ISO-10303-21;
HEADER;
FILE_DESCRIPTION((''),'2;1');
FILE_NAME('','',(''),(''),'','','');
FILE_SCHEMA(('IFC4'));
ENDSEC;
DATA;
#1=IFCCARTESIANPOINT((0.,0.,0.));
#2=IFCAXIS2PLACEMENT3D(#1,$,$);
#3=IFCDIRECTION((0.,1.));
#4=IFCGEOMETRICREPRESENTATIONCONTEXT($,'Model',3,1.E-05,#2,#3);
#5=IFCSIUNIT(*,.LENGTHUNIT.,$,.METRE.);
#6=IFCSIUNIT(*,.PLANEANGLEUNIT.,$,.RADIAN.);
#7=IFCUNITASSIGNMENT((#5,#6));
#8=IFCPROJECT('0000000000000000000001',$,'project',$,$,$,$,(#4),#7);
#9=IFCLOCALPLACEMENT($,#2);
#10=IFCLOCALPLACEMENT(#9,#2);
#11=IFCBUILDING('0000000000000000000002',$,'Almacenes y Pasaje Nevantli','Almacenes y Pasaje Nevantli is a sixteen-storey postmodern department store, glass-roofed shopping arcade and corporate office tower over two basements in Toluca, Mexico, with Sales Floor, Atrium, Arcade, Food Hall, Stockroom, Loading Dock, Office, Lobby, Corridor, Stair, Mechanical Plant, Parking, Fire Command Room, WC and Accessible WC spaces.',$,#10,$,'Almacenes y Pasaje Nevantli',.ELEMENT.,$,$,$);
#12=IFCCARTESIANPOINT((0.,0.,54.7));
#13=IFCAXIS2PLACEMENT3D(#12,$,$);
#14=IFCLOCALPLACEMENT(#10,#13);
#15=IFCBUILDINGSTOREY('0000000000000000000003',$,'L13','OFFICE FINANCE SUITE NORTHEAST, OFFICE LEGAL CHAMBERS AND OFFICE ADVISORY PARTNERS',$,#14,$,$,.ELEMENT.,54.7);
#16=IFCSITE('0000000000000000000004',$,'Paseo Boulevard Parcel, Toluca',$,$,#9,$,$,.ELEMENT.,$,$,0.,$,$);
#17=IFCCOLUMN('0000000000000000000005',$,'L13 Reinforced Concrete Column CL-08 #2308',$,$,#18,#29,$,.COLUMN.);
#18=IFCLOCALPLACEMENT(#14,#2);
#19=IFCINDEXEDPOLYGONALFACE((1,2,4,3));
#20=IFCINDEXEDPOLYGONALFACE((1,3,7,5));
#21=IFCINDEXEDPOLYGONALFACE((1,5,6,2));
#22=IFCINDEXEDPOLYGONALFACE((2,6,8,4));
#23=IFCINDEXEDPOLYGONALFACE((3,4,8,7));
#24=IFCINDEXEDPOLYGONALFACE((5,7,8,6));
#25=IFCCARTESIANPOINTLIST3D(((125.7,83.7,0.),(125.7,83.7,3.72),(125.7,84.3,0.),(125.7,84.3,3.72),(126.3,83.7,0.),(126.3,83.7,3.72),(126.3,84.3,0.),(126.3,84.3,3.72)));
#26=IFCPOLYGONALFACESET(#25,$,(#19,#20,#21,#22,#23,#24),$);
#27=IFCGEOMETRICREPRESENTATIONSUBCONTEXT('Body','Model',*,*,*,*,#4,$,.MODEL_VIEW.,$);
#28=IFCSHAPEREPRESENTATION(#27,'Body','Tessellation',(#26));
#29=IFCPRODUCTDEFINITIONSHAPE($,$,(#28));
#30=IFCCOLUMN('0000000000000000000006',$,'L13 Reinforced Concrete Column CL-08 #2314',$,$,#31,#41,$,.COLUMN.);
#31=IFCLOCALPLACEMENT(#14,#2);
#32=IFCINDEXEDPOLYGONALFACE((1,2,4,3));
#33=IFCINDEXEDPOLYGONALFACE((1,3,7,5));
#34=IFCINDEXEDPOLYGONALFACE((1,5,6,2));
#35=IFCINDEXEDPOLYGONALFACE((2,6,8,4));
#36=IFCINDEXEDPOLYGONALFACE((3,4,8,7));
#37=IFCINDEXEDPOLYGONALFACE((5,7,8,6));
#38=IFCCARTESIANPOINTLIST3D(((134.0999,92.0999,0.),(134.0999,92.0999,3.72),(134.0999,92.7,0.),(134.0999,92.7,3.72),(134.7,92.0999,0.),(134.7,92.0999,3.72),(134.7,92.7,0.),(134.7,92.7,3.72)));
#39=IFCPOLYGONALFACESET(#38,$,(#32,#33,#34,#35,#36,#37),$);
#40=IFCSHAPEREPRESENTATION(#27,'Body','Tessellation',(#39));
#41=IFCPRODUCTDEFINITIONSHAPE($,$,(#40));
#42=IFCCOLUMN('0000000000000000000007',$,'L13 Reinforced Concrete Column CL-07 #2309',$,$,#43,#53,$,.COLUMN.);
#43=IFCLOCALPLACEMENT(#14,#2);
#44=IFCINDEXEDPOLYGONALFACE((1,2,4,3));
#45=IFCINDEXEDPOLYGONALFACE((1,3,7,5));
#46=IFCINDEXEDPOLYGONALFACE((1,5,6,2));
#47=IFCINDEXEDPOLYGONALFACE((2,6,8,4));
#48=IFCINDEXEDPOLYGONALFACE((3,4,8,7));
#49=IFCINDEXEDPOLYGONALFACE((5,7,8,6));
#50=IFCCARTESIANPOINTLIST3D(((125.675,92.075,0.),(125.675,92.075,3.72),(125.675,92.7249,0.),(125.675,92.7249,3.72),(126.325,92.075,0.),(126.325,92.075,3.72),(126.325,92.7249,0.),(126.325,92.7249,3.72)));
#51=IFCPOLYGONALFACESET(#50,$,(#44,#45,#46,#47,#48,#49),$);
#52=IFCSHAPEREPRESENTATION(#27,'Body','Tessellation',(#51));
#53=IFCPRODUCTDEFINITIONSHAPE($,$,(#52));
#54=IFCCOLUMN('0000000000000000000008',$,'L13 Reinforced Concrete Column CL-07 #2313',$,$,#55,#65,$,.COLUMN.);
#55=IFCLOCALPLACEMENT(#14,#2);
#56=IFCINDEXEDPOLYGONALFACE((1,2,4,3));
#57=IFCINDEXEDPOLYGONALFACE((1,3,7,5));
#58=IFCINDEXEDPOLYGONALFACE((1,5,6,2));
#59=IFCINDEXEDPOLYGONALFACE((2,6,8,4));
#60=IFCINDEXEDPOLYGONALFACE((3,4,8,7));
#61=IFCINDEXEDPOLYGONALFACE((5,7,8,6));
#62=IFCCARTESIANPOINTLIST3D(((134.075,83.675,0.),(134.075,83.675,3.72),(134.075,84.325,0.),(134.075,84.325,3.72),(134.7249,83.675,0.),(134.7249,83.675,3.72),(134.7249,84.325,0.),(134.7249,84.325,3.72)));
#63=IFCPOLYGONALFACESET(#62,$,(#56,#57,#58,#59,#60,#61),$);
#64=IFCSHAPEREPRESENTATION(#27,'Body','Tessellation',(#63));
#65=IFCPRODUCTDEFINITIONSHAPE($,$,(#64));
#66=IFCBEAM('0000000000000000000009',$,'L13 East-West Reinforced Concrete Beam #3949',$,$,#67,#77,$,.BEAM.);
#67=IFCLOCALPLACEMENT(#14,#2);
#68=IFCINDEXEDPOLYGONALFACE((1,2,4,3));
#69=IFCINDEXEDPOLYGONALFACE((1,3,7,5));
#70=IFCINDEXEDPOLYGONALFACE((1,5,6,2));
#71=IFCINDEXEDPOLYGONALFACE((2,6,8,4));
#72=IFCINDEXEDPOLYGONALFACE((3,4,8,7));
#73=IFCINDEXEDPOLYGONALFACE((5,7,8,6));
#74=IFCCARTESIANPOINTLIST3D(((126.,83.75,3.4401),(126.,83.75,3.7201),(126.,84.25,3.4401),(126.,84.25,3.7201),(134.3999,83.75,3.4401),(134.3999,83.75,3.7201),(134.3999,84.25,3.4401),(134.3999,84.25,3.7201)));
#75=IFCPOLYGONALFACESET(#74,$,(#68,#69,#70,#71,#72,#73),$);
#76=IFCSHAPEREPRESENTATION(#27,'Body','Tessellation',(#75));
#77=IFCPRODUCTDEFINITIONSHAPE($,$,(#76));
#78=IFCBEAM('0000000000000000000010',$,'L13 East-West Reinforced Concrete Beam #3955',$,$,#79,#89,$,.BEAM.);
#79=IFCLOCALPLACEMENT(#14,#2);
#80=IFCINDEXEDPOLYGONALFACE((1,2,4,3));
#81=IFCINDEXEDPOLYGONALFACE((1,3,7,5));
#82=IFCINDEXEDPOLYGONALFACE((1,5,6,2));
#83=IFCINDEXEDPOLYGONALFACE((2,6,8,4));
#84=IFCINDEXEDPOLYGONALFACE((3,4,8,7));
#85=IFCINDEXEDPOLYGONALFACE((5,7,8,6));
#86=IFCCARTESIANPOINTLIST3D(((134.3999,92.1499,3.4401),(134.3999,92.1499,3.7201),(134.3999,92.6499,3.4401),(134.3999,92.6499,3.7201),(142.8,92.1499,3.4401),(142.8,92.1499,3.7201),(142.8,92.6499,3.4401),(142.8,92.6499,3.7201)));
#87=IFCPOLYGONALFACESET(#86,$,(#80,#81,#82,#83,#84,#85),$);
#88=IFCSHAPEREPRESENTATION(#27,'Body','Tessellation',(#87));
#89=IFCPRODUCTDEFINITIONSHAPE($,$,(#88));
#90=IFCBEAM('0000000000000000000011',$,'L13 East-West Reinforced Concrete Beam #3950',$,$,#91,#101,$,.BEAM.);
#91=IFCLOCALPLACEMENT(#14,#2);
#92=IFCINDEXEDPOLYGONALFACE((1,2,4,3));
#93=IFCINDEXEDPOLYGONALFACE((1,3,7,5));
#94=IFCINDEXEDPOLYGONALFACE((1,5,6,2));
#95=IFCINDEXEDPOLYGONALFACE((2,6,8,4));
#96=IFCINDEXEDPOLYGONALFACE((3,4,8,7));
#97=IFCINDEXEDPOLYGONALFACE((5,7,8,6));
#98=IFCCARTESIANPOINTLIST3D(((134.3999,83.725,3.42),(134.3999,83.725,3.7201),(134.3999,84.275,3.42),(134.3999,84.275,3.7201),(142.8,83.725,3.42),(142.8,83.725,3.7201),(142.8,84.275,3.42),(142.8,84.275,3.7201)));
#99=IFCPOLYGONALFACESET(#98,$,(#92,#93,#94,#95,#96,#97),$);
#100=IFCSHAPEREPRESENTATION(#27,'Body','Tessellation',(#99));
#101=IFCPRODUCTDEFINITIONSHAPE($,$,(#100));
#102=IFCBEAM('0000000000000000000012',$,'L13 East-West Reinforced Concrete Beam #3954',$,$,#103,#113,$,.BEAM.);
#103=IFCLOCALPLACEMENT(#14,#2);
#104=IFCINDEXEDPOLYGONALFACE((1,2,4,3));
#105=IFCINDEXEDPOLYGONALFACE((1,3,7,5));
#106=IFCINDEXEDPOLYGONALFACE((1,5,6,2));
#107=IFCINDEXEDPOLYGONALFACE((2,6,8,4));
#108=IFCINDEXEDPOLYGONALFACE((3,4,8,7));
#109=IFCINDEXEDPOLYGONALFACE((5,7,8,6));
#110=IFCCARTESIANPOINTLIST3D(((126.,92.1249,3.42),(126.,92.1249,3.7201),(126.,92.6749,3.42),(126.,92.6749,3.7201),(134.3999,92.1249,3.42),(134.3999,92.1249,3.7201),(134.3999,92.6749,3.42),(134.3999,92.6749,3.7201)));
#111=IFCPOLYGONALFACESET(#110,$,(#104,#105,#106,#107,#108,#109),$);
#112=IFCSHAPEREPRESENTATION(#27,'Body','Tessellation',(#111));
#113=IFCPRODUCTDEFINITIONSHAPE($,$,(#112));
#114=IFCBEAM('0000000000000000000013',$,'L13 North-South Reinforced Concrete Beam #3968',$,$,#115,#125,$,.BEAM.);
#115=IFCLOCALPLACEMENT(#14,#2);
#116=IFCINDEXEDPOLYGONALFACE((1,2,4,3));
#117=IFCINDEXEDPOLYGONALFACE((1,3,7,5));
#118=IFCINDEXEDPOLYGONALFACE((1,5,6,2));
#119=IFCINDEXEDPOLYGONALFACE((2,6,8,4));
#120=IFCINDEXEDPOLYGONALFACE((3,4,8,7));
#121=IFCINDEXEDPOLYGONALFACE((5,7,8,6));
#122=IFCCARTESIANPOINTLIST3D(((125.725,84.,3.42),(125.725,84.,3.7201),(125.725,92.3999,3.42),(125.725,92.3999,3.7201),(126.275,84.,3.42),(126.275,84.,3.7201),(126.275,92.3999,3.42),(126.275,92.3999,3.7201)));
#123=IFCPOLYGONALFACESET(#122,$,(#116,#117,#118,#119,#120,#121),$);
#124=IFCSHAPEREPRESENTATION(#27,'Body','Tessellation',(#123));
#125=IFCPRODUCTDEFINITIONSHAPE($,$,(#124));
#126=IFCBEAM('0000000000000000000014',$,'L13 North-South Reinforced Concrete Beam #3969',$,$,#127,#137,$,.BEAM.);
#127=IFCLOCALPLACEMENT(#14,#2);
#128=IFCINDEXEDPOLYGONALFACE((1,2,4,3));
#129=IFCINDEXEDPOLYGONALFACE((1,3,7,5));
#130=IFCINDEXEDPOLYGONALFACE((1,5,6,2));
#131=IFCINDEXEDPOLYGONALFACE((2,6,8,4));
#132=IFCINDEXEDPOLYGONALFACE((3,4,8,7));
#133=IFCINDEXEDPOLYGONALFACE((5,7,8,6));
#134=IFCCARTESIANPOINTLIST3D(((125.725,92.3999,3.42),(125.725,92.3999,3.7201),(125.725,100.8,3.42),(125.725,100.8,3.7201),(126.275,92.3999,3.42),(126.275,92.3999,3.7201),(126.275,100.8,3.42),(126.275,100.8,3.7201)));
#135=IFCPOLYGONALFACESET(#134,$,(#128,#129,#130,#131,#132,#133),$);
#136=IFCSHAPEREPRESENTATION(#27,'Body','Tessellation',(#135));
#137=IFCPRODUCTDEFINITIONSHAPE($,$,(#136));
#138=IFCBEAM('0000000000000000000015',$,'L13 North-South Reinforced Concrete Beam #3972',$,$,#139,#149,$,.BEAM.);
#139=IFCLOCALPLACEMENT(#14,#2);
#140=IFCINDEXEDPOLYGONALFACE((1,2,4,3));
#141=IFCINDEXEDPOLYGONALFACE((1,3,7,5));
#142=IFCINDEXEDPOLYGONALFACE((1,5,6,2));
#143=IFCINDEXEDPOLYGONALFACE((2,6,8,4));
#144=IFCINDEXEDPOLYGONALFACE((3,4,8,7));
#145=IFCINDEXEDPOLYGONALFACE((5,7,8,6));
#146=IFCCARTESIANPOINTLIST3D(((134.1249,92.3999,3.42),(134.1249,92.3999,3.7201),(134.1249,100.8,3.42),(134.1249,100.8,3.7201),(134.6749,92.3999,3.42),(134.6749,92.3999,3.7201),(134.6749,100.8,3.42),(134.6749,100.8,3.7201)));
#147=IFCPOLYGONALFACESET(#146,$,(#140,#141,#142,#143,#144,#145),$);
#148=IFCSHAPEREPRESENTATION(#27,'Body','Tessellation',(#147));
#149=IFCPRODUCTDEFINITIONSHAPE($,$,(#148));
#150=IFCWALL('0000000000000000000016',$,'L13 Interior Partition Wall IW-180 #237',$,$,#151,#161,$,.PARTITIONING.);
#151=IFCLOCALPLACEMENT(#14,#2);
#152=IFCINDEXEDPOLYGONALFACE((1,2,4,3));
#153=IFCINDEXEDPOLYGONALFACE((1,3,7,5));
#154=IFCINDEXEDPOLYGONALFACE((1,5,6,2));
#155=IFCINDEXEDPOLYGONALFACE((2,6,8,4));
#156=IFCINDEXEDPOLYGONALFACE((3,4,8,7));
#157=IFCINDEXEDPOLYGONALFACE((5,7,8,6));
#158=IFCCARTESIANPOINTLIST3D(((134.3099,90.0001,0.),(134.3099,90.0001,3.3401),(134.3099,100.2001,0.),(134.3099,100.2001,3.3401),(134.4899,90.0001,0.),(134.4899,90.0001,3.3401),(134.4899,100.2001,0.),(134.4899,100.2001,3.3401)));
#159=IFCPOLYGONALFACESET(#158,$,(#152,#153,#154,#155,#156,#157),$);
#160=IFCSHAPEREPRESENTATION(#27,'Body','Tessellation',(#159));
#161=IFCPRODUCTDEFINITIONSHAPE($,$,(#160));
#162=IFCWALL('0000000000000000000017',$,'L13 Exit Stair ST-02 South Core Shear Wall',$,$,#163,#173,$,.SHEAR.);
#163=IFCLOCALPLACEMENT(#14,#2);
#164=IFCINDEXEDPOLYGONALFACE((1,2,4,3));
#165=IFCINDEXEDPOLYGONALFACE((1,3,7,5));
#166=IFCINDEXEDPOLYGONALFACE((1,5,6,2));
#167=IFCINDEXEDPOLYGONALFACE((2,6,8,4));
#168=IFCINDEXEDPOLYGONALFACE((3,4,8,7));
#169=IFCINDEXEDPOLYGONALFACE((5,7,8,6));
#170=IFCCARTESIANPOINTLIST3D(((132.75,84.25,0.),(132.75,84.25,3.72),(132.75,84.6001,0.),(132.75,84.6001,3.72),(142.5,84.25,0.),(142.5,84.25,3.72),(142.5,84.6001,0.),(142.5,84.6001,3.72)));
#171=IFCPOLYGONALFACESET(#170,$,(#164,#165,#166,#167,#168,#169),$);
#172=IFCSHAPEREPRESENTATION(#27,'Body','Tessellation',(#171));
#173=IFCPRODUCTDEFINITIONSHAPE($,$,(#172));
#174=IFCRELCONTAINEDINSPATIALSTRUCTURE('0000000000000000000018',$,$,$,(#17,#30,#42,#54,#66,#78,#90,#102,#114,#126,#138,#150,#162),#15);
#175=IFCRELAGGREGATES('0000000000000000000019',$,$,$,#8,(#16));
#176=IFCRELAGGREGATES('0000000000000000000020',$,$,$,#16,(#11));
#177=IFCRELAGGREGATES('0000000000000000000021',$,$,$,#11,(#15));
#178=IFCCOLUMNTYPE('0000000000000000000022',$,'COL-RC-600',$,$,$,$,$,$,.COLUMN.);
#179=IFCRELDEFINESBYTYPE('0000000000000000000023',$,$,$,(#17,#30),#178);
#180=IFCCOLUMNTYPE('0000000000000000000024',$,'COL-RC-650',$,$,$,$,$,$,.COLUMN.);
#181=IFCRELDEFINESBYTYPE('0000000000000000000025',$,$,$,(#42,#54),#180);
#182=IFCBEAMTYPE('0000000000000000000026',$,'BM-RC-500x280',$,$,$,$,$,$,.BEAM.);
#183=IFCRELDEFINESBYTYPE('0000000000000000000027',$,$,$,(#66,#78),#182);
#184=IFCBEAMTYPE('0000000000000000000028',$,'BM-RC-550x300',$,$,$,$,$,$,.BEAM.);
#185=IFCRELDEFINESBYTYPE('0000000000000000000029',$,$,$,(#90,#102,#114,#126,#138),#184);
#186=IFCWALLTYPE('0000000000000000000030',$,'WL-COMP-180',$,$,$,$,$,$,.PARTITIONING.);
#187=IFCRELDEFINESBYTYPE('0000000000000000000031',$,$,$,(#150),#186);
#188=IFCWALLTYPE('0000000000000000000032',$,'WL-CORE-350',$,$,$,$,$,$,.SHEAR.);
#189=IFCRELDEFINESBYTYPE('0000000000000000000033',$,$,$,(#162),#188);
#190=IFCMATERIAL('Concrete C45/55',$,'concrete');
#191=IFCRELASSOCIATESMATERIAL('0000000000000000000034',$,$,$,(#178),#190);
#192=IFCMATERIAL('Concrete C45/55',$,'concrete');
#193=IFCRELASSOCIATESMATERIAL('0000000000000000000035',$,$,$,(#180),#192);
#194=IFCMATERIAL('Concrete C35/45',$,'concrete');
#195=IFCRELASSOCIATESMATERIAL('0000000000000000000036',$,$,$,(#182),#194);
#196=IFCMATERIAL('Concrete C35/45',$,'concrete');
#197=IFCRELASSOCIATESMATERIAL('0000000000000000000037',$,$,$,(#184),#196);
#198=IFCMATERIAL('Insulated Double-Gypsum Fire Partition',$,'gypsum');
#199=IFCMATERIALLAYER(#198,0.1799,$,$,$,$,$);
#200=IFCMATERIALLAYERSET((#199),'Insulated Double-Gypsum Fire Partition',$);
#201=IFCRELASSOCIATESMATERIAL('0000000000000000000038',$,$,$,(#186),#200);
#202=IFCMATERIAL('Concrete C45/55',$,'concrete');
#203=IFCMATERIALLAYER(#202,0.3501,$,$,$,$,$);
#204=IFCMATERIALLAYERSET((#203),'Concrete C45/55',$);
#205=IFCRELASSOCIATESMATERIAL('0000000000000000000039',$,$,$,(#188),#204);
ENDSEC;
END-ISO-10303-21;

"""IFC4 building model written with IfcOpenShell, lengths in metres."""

from ifc_helpers import new_model, si_unit, direction, frame, frame_2d, origin, origin_2d, place, context, subcontext, project, spatial, rectangle, extrude, material, layer, layer_set, material_profile, profile_set, type_object, element, save


model = new_model("IFC4")

# Units and contexts
model_context = context("Model", 3, precision=1e-05, world=origin(), true_north=direction((0.0, 1.0)))
body_context = subcontext(model_context, "Body", "Model", "MODEL_VIEW")
ifc_project = project(units=[si_unit("LENGTHUNIT", "METRE"), si_unit("PLANEANGLEUNIT", "RADIAN")], contexts=[model_context])

# Site, building, storey
site_placement = place(None, origin())
site = spatial("IfcSite", under=ifc_project, at=site_placement, Name="Paseo Boulevard Parcel, Toluca", CompositionType="ELEMENT", RefElevation=0.0)
building_placement = place(site_placement, origin())
building = spatial("IfcBuilding", under=site, at=building_placement, Name="Almacenes y Pasaje Nevantli", Description="Almacenes y Pasaje Nevantli is a sixteen-storey postmodern department store, glass-roofed shopping arcade and corporate office tower over two basements in Toluca, Mexico, with Sales Floor, Atrium, Arcade, Food Hall, Stockroom, Loading Dock, Office, Lobby, Corridor, Stair, Mechanical Plant, Parking, Fire Command Room, WC and Accessible WC spaces.", LongName="Almacenes y Pasaje Nevantli", CompositionType="ELEMENT")
storey_placement = place(building_placement, frame((0.0, 0.0, 54.7)))
storey = spatial("IfcBuildingStorey", under=building, at=storey_placement, Name="L13", Description="OFFICE FINANCE SUITE NORTHEAST, OFFICE LEGAL CHAMBERS AND OFFICE ADVISORY PARTNERS", CompositionType="ELEMENT", Elevation=54.7)

# Columns
ifc_material_1 = material(Name="Concrete C45/55", Category="concrete")
ifc_material_profile_1 = material_profile(ifc_material_1, rectangle(XDim=0.6001, YDim=0.6001, at=origin_2d()), Name="RC-COL-600x600")
ifc_profile_set_1 = profile_set([ifc_material_profile_1], Name="Concrete C45/55")
column_type_1 = type_object("IfcColumnType", Name="COL-RC-600", PredefinedType="COLUMN", material=ifc_profile_set_1)
for number, where, z_axis, x_axis, name in (
    (1, (126.0, 84.0, 0.0), (0.0, 0.0, 1.0), (1.0, 0.0, 0.0), "L13 Reinforced Concrete Column CL-08 #2308"),
    (2, (134.3999, 92.3999, 0.0), (0.0, 0.0, 1.0), (1.0, 0.0, 0.0), "L13 Reinforced Concrete Column CL-08 #2314"),
):
    element("IfcColumn", number, at=place(storey_placement, frame(where, z_axis=z_axis, x_axis=x_axis)), inside=storey, type_object=column_type_1, Name=name, PredefinedType="COLUMN", context=body_context, shape_type="SweptSolid", body=[
        extrude(rectangle(XDim=0.6001, YDim=0.6001, at=origin_2d()), origin(), (0.0, 0.0, 1.0), 3.72),
    ])
ifc_material_2 = material(Name="Concrete C45/55", Category="concrete")
ifc_material_profile_2 = material_profile(ifc_material_2, rectangle(XDim=0.6499, YDim=0.6499, at=origin_2d()), Name="RC-COL-650x650")
ifc_profile_set_2 = profile_set([ifc_material_profile_2], Name="Concrete C45/55")
column_type_2 = type_object("IfcColumnType", Name="COL-RC-650", PredefinedType="COLUMN", material=ifc_profile_set_2)
for number, where, z_axis, x_axis, name in (
    (3, (126.0, 92.3999, 0.0), (0.0, 0.0, 1.0), (1.0, 0.0, 0.0), "L13 Reinforced Concrete Column CL-07 #2309"),
    (4, (134.3999, 84.0, 0.0), (0.0, 0.0, 1.0), (1.0, 0.0, 0.0), "L13 Reinforced Concrete Column CL-07 #2313"),
):
    element("IfcColumn", number, at=place(storey_placement, frame(where, z_axis=z_axis, x_axis=x_axis)), inside=storey, type_object=column_type_2, Name=name, PredefinedType="COLUMN", context=body_context, shape_type="SweptSolid", body=[
        extrude(rectangle(XDim=0.6499, YDim=0.6499, at=origin_2d()), origin(), (0.0, 0.0, 1.0), 3.72),
    ])

# Beams
ifc_material_3 = material(Name="Concrete C35/45", Category="concrete")
ifc_material_profile_3 = material_profile(ifc_material_3, rectangle(XDim=0.5, YDim=0.28, at=origin_2d()), Name="RC-BM-500x280")
ifc_profile_set_3 = profile_set([ifc_material_profile_3], Name="Concrete C35/45")
beam_type_1 = type_object("IfcBeamType", Name="BM-RC-500x280", PredefinedType="BEAM", material=ifc_profile_set_3)
beam_1_placement = place(storey_placement, frame((126.0, 84.0, 3.5801), z_axis=(1.0, 0.0, 0.0), x_axis=(0.0, 1.0, 0.0)))
element("IfcBeam", 5, at=beam_1_placement, inside=storey, type_object=beam_type_1, Name="L13 East-West Reinforced Concrete Beam #3949", PredefinedType="BEAM", context=body_context, shape_type="SweptSolid", body=[
    extrude(rectangle(XDim=0.5, YDim=0.28, at=origin_2d()), origin(), (0.0, 0.0, 1.0), 8.3999),
])
beam_2_placement = place(storey_placement, frame((134.3999, 92.3999, 3.5801), z_axis=(1.0, 0.0, 0.0), x_axis=(0.0, 1.0, 0.0)))
element("IfcBeam", 6, at=beam_2_placement, inside=storey, type_object=beam_type_1, Name="L13 East-West Reinforced Concrete Beam #3955", PredefinedType="BEAM", context=body_context, shape_type="SweptSolid", body=[
    extrude(rectangle(XDim=0.5, YDim=0.28, at=origin_2d()), origin(), (0.0, 0.0, 1.0), 8.4001),
])
ifc_material_4 = material(Name="Concrete C35/45", Category="concrete")
ifc_material_profile_4 = material_profile(ifc_material_4, rectangle(XDim=0.55, YDim=0.3, at=origin_2d()), Name="RC-BM-550x300")
ifc_profile_set_4 = profile_set([ifc_material_profile_4], Name="Concrete C35/45")
beam_type_2 = type_object("IfcBeamType", Name="BM-RC-550x300", PredefinedType="BEAM", material=ifc_profile_set_4)
beam_3_placement = place(storey_placement, frame((134.3999, 84.0, 3.5701), z_axis=(1.0, 0.0, 0.0), x_axis=(0.0, 1.0, 0.0)))
element("IfcBeam", 7, at=beam_3_placement, inside=storey, type_object=beam_type_2, Name="L13 East-West Reinforced Concrete Beam #3950", PredefinedType="BEAM", context=body_context, shape_type="SweptSolid", body=[
    extrude(rectangle(XDim=0.55, YDim=0.3, at=origin_2d()), origin(), (0.0, 0.0, 1.0), 8.4001),
])
for number, where, z_axis, x_axis, name in (
    (8, (126.0, 92.3999, 3.5701), (1.0, 0.0, 0.0), (0.0, 1.0, 0.0), "L13 East-West Reinforced Concrete Beam #3954"),
    (9, (126.0, 84.0, 3.5701), (0.0, 1.0, 0.0), (-1.0, 0.0, 0.0), "L13 North-South Reinforced Concrete Beam #3968"),
):
    element("IfcBeam", number, at=place(storey_placement, frame(where, z_axis=z_axis, x_axis=x_axis)), inside=storey, type_object=beam_type_2, Name=name, PredefinedType="BEAM", context=body_context, shape_type="SweptSolid", body=[
        extrude(rectangle(XDim=0.55, YDim=0.3, at=origin_2d()), origin(), (0.0, 0.0, 1.0), 8.3999),
    ])
for number, where, z_axis, x_axis, name in (
    (10, (126.0, 92.3999, 3.5701), (0.0, 1.0, 0.0), (-1.0, 0.0, 0.0), "L13 North-South Reinforced Concrete Beam #3969"),
    (11, (134.3999, 92.3999, 3.5701), (0.0, 1.0, 0.0), (-1.0, 0.0, 0.0), "L13 North-South Reinforced Concrete Beam #3972"),
):
    element("IfcBeam", number, at=place(storey_placement, frame(where, z_axis=z_axis, x_axis=x_axis)), inside=storey, type_object=beam_type_2, Name=name, PredefinedType="BEAM", context=body_context, shape_type="SweptSolid", body=[
        extrude(rectangle(XDim=0.55, YDim=0.3, at=origin_2d()), origin(), (0.0, 0.0, 1.0), 8.4001),
    ])

# Walls
ifc_material_5 = material(Name="Insulated Double-Gypsum Fire Partition", Category="gypsum")
ifc_layer_1 = layer(ifc_material_5, 0.1799)
ifc_layer_set_1 = layer_set([ifc_layer_1], Name="Insulated Double-Gypsum Fire Partition")
wall_type_1 = type_object("IfcWallType", Name="WL-COMP-180", PredefinedType="PARTITIONING", material=ifc_layer_set_1)
wall_1_placement = place(storey_placement, frame((134.3999, 90.0, 0.0), z_axis=(0.0, 0.0, 1.0), x_axis=(0.0, 1.0, 0.0)))
element("IfcWall", 12, at=wall_1_placement, inside=storey, type_object=wall_type_1, Name="L13 Interior Partition Wall IW-180 #237", PredefinedType="PARTITIONING", context=body_context, shape_type="SweptSolid", body=[
    extrude(rectangle(XDim=10.2, YDim=0.1799, at=frame_2d((5.1001, 0.0))), origin(), (0.0, 0.0, 1.0), 3.3401),
])
ifc_material_6 = material(Name="Concrete C45/55", Category="concrete")
ifc_layer_2 = layer(ifc_material_6, 0.3501)
ifc_layer_set_2 = layer_set([ifc_layer_2], Name="Concrete C45/55")
wall_type_2 = type_object("IfcWallType", Name="WL-CORE-350", PredefinedType="SHEAR", material=ifc_layer_set_2)
wall_2_placement = place(storey_placement, frame((132.75, 84.425, 0.0), z_axis=(0.0, 0.0, 1.0), x_axis=(1.0, 0.0, 0.0)))
element("IfcWall", 13, at=wall_2_placement, inside=storey, type_object=wall_type_2, Name="L13 Exit Stair ST-02 South Core Shear Wall", PredefinedType="SHEAR", context=body_context, shape_type="SweptSolid", body=[
    extrude(rectangle(XDim=9.75, YDim=0.3501, at=frame_2d((4.875, 0.0))), origin(), (0.0, 0.0, 1.0), 3.72),
])

save(model, "model.ifc")
